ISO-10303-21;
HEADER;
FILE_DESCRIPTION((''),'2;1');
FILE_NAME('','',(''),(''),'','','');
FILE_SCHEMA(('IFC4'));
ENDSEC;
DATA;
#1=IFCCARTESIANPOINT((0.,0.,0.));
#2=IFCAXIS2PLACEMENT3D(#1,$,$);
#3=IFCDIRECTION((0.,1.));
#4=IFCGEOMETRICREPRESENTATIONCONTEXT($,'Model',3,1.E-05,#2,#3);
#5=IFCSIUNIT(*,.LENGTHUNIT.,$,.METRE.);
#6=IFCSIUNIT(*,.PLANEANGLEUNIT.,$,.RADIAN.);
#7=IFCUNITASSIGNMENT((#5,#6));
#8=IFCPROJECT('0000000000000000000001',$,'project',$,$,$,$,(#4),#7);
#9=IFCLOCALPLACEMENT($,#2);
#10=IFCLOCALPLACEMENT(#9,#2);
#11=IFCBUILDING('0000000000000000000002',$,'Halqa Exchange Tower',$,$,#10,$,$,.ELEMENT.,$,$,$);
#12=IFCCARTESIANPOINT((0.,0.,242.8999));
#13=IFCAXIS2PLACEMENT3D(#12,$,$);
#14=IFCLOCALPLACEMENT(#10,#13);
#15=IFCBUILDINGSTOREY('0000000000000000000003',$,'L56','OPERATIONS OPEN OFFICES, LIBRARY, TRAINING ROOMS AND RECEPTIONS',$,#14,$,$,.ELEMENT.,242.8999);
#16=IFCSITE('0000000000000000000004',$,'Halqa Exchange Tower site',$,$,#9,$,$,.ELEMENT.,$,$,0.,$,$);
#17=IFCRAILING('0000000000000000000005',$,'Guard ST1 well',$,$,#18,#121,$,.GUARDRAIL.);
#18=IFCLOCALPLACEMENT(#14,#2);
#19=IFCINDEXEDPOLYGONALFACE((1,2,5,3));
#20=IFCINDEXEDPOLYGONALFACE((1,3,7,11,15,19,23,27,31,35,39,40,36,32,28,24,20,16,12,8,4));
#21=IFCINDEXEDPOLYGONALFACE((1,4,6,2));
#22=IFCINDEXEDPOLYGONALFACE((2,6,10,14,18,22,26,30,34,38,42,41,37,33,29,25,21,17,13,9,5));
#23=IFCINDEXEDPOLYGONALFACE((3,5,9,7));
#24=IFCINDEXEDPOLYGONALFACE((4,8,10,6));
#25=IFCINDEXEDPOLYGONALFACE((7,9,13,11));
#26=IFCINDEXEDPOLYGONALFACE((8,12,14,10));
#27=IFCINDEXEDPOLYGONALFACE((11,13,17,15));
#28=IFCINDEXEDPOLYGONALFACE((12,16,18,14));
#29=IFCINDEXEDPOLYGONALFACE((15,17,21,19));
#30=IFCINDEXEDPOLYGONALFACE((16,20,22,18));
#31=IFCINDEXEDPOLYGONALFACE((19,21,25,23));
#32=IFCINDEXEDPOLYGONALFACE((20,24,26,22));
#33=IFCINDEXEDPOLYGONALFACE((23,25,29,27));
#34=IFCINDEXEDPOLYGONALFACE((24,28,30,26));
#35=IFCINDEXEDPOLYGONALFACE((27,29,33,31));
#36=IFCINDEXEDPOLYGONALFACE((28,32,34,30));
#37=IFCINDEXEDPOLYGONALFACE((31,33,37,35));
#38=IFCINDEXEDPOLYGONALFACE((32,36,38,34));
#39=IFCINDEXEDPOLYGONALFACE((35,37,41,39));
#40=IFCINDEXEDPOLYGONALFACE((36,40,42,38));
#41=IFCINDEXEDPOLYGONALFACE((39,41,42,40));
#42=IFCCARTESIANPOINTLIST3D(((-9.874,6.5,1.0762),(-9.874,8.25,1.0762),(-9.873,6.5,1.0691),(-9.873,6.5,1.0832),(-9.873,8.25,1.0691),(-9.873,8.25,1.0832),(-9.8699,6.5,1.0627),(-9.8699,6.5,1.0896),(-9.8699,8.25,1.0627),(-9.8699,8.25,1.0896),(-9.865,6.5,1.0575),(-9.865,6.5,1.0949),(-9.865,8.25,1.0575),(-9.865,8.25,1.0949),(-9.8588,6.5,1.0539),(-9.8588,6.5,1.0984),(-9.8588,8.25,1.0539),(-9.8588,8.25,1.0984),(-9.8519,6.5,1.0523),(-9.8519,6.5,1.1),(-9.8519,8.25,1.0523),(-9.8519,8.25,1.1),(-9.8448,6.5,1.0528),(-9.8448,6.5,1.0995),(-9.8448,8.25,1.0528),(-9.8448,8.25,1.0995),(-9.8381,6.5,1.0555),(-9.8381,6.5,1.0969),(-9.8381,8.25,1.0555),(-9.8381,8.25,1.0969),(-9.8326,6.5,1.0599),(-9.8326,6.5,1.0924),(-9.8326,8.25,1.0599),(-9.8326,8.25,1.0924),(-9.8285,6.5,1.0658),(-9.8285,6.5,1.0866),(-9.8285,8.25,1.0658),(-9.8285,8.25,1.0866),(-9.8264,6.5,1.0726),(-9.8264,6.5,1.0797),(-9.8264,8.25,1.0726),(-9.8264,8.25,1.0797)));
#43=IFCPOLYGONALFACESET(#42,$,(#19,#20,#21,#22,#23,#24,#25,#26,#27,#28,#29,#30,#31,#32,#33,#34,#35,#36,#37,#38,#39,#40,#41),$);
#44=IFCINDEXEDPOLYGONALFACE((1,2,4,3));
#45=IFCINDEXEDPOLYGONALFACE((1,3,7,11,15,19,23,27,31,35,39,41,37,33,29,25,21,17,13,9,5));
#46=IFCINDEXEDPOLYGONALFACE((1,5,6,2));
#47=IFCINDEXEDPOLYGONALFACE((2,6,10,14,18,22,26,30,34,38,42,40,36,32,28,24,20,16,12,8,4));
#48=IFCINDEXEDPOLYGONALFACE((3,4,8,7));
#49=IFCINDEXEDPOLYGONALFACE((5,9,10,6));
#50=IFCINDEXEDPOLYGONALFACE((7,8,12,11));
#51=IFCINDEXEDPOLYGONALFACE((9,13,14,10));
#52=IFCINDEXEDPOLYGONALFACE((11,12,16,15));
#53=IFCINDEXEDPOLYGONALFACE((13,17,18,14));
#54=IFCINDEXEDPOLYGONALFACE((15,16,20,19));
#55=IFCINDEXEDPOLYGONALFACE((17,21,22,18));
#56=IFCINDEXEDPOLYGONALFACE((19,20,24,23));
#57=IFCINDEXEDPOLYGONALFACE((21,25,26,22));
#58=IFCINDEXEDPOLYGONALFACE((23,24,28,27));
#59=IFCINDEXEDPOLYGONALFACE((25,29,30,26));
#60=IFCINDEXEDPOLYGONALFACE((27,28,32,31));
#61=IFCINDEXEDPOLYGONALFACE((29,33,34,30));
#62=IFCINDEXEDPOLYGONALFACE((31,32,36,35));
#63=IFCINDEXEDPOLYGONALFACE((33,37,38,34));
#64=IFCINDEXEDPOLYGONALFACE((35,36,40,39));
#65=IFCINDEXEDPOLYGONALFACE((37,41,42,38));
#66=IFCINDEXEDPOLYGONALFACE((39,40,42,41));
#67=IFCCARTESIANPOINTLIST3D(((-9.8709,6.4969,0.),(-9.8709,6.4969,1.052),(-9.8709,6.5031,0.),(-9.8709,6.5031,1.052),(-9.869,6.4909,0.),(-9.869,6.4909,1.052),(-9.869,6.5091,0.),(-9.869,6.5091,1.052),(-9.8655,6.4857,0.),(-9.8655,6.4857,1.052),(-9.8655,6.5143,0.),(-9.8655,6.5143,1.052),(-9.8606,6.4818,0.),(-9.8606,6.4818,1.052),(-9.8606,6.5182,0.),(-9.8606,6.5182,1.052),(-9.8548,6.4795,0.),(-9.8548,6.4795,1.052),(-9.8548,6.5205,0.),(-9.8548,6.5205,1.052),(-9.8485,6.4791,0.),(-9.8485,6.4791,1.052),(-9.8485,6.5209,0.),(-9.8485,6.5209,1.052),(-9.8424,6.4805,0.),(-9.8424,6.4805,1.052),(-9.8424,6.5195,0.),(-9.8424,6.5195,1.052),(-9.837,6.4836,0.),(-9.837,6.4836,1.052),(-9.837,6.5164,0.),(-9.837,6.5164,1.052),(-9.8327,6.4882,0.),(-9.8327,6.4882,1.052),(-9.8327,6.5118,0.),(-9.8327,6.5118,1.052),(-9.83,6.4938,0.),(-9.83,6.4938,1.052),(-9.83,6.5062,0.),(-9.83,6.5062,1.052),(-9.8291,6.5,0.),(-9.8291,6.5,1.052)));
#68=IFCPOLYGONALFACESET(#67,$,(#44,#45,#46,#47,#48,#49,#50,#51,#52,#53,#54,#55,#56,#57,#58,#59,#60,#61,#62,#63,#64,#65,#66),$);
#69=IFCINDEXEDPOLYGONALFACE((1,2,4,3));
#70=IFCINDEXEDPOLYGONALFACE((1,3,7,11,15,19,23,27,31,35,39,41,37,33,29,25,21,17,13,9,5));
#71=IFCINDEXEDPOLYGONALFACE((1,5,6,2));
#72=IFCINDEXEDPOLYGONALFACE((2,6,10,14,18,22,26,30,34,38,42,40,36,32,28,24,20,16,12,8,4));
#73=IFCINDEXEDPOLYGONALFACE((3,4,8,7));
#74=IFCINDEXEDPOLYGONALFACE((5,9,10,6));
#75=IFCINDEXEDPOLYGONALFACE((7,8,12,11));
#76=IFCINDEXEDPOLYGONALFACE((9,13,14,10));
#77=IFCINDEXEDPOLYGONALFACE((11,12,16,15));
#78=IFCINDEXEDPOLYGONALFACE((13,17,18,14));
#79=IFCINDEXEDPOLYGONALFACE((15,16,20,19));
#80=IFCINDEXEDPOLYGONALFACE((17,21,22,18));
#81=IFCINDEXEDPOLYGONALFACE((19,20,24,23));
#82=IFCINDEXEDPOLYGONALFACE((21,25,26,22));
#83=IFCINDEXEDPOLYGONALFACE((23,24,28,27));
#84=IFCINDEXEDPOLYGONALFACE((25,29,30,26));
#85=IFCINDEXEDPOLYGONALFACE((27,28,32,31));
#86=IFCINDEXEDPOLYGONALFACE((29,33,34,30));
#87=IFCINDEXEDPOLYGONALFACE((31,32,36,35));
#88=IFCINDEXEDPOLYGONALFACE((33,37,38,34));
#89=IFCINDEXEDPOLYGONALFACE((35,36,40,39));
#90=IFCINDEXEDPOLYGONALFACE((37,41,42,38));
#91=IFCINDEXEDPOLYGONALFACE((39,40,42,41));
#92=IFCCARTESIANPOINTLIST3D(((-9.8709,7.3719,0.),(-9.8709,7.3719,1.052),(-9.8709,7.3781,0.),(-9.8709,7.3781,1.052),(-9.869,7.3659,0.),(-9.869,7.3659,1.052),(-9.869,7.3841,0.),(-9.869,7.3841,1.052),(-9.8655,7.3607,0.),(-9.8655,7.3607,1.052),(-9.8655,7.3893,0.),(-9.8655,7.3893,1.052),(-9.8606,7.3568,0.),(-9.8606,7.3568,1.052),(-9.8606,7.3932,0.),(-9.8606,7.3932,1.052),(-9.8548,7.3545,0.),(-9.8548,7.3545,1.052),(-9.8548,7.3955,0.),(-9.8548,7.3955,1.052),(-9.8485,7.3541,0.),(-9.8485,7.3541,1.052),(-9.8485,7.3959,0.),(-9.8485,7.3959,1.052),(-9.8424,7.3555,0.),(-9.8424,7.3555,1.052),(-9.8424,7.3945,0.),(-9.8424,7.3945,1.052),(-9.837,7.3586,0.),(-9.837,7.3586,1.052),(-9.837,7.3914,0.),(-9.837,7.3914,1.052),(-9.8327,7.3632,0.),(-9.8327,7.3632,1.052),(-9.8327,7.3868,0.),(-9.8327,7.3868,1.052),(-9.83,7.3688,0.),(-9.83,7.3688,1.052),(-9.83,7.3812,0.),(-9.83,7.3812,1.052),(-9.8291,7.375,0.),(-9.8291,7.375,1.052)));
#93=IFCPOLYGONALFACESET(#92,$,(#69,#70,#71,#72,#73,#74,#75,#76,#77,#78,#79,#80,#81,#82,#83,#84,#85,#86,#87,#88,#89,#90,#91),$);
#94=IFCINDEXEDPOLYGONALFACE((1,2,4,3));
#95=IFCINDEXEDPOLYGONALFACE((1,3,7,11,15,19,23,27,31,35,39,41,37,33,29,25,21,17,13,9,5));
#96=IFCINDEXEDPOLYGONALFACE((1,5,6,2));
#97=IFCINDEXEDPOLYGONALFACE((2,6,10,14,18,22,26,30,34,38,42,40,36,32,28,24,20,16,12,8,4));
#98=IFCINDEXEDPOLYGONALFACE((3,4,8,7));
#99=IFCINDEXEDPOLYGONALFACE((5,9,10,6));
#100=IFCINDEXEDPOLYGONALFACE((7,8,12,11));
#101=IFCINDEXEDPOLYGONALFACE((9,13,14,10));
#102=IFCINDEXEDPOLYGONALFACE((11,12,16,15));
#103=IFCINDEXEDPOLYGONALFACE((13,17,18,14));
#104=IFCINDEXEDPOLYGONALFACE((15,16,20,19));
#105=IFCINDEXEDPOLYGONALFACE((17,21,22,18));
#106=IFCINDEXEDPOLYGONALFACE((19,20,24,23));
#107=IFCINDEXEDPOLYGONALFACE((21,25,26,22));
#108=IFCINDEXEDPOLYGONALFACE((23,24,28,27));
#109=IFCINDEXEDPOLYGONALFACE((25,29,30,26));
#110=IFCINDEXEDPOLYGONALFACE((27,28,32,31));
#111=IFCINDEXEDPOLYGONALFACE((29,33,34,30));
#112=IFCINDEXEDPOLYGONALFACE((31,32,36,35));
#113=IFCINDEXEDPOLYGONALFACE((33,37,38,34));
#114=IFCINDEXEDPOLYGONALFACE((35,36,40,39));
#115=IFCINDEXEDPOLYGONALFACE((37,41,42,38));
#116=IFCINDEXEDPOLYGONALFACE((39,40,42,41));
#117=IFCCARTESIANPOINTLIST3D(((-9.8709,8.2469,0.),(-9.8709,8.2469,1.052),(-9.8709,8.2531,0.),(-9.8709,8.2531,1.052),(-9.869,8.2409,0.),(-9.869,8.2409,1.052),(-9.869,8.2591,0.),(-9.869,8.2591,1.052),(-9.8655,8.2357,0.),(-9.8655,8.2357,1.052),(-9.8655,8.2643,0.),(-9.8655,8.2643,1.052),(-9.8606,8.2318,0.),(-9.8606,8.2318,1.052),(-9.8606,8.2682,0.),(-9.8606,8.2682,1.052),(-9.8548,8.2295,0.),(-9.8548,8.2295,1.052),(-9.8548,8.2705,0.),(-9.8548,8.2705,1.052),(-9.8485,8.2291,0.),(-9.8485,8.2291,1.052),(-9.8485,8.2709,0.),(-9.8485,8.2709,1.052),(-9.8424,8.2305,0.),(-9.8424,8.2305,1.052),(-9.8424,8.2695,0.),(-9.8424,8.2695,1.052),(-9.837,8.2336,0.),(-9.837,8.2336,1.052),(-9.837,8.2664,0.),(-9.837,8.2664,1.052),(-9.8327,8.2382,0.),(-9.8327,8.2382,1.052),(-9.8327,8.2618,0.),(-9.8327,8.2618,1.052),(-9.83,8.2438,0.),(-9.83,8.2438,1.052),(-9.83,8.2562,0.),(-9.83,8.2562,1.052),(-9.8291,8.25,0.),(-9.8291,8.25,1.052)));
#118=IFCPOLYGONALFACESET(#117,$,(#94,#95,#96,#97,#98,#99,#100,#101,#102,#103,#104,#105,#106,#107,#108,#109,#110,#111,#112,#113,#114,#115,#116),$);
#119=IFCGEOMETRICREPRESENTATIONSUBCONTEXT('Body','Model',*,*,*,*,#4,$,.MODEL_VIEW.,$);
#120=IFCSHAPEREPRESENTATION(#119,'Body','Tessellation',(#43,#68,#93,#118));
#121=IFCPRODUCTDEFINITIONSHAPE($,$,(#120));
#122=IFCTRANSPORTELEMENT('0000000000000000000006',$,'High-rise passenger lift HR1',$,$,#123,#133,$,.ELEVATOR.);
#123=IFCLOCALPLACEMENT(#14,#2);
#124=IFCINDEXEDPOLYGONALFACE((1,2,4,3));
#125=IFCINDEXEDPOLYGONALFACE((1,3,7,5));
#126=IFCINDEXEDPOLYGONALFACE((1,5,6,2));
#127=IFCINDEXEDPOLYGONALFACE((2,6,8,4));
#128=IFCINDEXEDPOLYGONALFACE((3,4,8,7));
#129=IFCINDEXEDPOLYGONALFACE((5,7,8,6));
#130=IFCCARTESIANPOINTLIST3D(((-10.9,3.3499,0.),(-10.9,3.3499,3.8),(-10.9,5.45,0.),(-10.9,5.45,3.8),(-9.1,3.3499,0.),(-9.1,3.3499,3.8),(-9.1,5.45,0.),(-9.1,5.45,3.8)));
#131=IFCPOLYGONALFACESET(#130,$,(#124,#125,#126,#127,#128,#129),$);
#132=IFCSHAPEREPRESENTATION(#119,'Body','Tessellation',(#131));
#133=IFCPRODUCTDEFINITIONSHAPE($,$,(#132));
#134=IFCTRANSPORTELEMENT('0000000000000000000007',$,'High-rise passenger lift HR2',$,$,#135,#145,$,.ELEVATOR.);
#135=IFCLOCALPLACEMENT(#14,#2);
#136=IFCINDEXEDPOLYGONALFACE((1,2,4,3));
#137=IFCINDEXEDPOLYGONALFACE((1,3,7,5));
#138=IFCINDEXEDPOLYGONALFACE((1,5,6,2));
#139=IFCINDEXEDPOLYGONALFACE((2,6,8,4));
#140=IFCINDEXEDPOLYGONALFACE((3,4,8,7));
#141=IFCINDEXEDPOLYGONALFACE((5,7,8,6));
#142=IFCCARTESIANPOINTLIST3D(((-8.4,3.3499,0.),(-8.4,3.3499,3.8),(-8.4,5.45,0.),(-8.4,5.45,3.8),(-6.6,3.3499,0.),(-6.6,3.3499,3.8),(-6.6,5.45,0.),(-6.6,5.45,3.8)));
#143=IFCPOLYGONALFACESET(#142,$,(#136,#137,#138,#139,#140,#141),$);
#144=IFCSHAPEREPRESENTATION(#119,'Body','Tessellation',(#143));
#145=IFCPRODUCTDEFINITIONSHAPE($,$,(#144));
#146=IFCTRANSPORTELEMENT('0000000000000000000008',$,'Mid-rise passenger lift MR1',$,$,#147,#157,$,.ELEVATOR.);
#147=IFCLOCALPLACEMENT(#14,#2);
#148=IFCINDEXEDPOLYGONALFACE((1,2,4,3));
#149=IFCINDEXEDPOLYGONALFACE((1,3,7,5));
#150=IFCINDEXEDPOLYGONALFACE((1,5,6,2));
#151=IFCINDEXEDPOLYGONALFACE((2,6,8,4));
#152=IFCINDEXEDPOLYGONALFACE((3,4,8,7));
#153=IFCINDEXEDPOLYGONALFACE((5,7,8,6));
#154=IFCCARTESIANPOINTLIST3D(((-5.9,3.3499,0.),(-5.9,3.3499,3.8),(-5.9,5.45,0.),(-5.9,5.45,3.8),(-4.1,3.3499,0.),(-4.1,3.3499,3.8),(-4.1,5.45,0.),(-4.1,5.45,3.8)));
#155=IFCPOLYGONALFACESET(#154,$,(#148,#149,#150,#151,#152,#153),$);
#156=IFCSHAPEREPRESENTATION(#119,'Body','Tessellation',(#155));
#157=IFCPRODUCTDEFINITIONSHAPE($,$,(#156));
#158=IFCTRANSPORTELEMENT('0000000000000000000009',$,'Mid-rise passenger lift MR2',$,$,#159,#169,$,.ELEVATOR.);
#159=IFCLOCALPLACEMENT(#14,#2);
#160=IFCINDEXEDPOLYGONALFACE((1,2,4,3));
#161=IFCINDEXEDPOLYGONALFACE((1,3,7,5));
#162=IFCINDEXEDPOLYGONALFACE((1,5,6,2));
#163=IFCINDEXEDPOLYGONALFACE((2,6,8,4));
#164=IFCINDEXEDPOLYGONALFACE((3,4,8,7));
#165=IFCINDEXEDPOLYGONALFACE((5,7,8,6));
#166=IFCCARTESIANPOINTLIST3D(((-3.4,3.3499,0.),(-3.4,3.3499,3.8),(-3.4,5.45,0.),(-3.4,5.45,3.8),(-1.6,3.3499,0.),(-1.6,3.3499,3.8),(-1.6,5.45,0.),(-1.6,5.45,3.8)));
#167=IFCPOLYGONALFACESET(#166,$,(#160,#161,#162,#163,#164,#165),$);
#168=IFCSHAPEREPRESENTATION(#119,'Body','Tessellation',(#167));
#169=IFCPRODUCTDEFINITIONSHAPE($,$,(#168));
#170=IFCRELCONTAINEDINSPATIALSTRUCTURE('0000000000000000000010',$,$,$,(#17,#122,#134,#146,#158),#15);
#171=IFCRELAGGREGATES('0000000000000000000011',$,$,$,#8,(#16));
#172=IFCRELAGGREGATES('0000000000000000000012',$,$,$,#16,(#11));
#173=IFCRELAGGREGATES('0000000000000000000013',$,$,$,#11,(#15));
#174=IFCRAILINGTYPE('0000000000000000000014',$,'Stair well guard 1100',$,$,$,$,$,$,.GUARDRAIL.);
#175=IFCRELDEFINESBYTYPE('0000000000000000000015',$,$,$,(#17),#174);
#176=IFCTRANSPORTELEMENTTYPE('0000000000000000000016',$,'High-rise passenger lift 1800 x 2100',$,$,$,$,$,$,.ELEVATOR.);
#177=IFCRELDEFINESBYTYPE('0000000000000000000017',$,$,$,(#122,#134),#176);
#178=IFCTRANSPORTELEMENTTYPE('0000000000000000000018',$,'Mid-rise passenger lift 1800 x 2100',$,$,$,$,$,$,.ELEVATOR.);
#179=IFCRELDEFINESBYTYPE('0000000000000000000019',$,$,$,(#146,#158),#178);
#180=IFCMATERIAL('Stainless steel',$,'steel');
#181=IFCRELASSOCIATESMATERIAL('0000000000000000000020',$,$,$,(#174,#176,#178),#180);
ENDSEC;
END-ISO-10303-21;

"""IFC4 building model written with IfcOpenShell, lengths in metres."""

from ifc_helpers import new_model, si_unit, direction, frame, origin, origin_2d, place, context, subcontext, project, spatial, rectangle, circle, extrude, material, type_object, element, save


model = new_model("IFC4")

# Units and contexts
model_context = context("Model", 3, precision=1e-05, world=origin(), true_north=direction((0.0, 1.0)))
body_context = subcontext(model_context, "Body", "Model", "MODEL_VIEW")
ifc_project = project(units=[si_unit("LENGTHUNIT", "METRE"), si_unit("PLANEANGLEUNIT", "RADIAN")], contexts=[model_context])

# Site, building, storey
site_placement = place(None, origin())
site = spatial("IfcSite", under=ifc_project, at=site_placement, Name="Halqa Exchange Tower site", CompositionType="ELEMENT", RefElevation=0.0)
building_placement = place(site_placement, origin())
building = spatial("IfcBuilding", under=site, at=building_placement, Name="Halqa Exchange Tower", CompositionType="ELEMENT")
storey_placement = place(building_placement, frame((0.0, 0.0, 242.8999)))
storey = spatial("IfcBuildingStorey", under=building, at=storey_placement, Name="L56", Description="OPERATIONS OPEN OFFICES, LIBRARY, TRAINING ROOMS AND RECEPTIONS", CompositionType="ELEMENT", Elevation=242.8999)

# Shared definitions
ifc_material_1 = material(Name="Stainless steel", Category="steel")

# Railing
railing_type_1 = type_object("IfcRailingType", Name="Stair well guard 1100", PredefinedType="GUARDRAIL", material=ifc_material_1)
railing_1_placement = place(storey_placement, frame((-9.8501, 6.5, 0.0)))
element("IfcRailing", 1, at=railing_1_placement, inside=storey, type_object=railing_type_1, Name="Guard ST1 well", PredefinedType="GUARDRAIL", context=body_context, shape_type="SweptSolid", body=[
    extrude(circle(Radius=0.0239, at=origin_2d()), frame((0.0, 0.0, 1.0762), z_axis=(0.0, 1.0, 0.0), x_axis=(-1.0, 0.0, 0.0)), (0.0, 0.0, 1.0), 1.75),
    extrude(circle(Radius=0.021, at=origin_2d()), origin(), (0.0, 0.0, 1.0), 1.052),
    extrude(circle(Radius=0.021, at=origin_2d()), frame((0.0, 0.875, 0.0)), (0.0, 0.0, 1.0), 1.052),
    extrude(circle(Radius=0.021, at=origin_2d()), frame((0.0, 1.75, 0.0)), (0.0, 0.0, 1.0), 1.052),
])

# Transport elements
transport_element_type_1 = type_object("IfcTransportElementType", Name="High-rise passenger lift 1800 x 2100", PredefinedType="ELEVATOR", material=ifc_material_1)
for number, where, z_axis, x_axis, name in (
    (2, (-10.0, 4.3999, 0.0), (0.0, 0.0, 1.0), (1.0, 0.0, 0.0), "High-rise passenger lift HR1"),
    (3, (-7.5, 4.3999, 0.0), (0.0, 0.0, 1.0), (1.0, 0.0, 0.0), "High-rise passenger lift HR2"),
):
    element("IfcTransportElement", number, at=place(storey_placement, frame(where, z_axis=z_axis, x_axis=x_axis)), inside=storey, type_object=transport_element_type_1, Name=name, PredefinedType="ELEVATOR", context=body_context, shape_type="SweptSolid", body=[
        extrude(rectangle(XDim=1.8, YDim=2.1001, at=origin_2d()), origin(), (0.0, 0.0, 1.0), 3.8),
    ])
transport_element_type_2 = type_object("IfcTransportElementType", Name="Mid-rise passenger lift 1800 x 2100", PredefinedType="ELEVATOR", material=ifc_material_1)
for number, where, z_axis, x_axis, name in (
    (4, (-5.0, 4.3999, 0.0), (0.0, 0.0, 1.0), (1.0, 0.0, 0.0), "Mid-rise passenger lift MR1"),
    (5, (-2.5, 4.3999, 0.0), (0.0, 0.0, 1.0), (1.0, 0.0, 0.0), "Mid-rise passenger lift MR2"),
):
    element("IfcTransportElement", number, at=place(storey_placement, frame(where, z_axis=z_axis, x_axis=x_axis)), inside=storey, type_object=transport_element_type_2, Name=name, PredefinedType="ELEVATOR", context=body_context, shape_type="SweptSolid", body=[
        extrude(rectangle(XDim=1.8, YDim=2.1001, at=origin_2d()), origin(), (0.0, 0.0, 1.0), 3.8),
    ])

save(model, "model.ifc")
